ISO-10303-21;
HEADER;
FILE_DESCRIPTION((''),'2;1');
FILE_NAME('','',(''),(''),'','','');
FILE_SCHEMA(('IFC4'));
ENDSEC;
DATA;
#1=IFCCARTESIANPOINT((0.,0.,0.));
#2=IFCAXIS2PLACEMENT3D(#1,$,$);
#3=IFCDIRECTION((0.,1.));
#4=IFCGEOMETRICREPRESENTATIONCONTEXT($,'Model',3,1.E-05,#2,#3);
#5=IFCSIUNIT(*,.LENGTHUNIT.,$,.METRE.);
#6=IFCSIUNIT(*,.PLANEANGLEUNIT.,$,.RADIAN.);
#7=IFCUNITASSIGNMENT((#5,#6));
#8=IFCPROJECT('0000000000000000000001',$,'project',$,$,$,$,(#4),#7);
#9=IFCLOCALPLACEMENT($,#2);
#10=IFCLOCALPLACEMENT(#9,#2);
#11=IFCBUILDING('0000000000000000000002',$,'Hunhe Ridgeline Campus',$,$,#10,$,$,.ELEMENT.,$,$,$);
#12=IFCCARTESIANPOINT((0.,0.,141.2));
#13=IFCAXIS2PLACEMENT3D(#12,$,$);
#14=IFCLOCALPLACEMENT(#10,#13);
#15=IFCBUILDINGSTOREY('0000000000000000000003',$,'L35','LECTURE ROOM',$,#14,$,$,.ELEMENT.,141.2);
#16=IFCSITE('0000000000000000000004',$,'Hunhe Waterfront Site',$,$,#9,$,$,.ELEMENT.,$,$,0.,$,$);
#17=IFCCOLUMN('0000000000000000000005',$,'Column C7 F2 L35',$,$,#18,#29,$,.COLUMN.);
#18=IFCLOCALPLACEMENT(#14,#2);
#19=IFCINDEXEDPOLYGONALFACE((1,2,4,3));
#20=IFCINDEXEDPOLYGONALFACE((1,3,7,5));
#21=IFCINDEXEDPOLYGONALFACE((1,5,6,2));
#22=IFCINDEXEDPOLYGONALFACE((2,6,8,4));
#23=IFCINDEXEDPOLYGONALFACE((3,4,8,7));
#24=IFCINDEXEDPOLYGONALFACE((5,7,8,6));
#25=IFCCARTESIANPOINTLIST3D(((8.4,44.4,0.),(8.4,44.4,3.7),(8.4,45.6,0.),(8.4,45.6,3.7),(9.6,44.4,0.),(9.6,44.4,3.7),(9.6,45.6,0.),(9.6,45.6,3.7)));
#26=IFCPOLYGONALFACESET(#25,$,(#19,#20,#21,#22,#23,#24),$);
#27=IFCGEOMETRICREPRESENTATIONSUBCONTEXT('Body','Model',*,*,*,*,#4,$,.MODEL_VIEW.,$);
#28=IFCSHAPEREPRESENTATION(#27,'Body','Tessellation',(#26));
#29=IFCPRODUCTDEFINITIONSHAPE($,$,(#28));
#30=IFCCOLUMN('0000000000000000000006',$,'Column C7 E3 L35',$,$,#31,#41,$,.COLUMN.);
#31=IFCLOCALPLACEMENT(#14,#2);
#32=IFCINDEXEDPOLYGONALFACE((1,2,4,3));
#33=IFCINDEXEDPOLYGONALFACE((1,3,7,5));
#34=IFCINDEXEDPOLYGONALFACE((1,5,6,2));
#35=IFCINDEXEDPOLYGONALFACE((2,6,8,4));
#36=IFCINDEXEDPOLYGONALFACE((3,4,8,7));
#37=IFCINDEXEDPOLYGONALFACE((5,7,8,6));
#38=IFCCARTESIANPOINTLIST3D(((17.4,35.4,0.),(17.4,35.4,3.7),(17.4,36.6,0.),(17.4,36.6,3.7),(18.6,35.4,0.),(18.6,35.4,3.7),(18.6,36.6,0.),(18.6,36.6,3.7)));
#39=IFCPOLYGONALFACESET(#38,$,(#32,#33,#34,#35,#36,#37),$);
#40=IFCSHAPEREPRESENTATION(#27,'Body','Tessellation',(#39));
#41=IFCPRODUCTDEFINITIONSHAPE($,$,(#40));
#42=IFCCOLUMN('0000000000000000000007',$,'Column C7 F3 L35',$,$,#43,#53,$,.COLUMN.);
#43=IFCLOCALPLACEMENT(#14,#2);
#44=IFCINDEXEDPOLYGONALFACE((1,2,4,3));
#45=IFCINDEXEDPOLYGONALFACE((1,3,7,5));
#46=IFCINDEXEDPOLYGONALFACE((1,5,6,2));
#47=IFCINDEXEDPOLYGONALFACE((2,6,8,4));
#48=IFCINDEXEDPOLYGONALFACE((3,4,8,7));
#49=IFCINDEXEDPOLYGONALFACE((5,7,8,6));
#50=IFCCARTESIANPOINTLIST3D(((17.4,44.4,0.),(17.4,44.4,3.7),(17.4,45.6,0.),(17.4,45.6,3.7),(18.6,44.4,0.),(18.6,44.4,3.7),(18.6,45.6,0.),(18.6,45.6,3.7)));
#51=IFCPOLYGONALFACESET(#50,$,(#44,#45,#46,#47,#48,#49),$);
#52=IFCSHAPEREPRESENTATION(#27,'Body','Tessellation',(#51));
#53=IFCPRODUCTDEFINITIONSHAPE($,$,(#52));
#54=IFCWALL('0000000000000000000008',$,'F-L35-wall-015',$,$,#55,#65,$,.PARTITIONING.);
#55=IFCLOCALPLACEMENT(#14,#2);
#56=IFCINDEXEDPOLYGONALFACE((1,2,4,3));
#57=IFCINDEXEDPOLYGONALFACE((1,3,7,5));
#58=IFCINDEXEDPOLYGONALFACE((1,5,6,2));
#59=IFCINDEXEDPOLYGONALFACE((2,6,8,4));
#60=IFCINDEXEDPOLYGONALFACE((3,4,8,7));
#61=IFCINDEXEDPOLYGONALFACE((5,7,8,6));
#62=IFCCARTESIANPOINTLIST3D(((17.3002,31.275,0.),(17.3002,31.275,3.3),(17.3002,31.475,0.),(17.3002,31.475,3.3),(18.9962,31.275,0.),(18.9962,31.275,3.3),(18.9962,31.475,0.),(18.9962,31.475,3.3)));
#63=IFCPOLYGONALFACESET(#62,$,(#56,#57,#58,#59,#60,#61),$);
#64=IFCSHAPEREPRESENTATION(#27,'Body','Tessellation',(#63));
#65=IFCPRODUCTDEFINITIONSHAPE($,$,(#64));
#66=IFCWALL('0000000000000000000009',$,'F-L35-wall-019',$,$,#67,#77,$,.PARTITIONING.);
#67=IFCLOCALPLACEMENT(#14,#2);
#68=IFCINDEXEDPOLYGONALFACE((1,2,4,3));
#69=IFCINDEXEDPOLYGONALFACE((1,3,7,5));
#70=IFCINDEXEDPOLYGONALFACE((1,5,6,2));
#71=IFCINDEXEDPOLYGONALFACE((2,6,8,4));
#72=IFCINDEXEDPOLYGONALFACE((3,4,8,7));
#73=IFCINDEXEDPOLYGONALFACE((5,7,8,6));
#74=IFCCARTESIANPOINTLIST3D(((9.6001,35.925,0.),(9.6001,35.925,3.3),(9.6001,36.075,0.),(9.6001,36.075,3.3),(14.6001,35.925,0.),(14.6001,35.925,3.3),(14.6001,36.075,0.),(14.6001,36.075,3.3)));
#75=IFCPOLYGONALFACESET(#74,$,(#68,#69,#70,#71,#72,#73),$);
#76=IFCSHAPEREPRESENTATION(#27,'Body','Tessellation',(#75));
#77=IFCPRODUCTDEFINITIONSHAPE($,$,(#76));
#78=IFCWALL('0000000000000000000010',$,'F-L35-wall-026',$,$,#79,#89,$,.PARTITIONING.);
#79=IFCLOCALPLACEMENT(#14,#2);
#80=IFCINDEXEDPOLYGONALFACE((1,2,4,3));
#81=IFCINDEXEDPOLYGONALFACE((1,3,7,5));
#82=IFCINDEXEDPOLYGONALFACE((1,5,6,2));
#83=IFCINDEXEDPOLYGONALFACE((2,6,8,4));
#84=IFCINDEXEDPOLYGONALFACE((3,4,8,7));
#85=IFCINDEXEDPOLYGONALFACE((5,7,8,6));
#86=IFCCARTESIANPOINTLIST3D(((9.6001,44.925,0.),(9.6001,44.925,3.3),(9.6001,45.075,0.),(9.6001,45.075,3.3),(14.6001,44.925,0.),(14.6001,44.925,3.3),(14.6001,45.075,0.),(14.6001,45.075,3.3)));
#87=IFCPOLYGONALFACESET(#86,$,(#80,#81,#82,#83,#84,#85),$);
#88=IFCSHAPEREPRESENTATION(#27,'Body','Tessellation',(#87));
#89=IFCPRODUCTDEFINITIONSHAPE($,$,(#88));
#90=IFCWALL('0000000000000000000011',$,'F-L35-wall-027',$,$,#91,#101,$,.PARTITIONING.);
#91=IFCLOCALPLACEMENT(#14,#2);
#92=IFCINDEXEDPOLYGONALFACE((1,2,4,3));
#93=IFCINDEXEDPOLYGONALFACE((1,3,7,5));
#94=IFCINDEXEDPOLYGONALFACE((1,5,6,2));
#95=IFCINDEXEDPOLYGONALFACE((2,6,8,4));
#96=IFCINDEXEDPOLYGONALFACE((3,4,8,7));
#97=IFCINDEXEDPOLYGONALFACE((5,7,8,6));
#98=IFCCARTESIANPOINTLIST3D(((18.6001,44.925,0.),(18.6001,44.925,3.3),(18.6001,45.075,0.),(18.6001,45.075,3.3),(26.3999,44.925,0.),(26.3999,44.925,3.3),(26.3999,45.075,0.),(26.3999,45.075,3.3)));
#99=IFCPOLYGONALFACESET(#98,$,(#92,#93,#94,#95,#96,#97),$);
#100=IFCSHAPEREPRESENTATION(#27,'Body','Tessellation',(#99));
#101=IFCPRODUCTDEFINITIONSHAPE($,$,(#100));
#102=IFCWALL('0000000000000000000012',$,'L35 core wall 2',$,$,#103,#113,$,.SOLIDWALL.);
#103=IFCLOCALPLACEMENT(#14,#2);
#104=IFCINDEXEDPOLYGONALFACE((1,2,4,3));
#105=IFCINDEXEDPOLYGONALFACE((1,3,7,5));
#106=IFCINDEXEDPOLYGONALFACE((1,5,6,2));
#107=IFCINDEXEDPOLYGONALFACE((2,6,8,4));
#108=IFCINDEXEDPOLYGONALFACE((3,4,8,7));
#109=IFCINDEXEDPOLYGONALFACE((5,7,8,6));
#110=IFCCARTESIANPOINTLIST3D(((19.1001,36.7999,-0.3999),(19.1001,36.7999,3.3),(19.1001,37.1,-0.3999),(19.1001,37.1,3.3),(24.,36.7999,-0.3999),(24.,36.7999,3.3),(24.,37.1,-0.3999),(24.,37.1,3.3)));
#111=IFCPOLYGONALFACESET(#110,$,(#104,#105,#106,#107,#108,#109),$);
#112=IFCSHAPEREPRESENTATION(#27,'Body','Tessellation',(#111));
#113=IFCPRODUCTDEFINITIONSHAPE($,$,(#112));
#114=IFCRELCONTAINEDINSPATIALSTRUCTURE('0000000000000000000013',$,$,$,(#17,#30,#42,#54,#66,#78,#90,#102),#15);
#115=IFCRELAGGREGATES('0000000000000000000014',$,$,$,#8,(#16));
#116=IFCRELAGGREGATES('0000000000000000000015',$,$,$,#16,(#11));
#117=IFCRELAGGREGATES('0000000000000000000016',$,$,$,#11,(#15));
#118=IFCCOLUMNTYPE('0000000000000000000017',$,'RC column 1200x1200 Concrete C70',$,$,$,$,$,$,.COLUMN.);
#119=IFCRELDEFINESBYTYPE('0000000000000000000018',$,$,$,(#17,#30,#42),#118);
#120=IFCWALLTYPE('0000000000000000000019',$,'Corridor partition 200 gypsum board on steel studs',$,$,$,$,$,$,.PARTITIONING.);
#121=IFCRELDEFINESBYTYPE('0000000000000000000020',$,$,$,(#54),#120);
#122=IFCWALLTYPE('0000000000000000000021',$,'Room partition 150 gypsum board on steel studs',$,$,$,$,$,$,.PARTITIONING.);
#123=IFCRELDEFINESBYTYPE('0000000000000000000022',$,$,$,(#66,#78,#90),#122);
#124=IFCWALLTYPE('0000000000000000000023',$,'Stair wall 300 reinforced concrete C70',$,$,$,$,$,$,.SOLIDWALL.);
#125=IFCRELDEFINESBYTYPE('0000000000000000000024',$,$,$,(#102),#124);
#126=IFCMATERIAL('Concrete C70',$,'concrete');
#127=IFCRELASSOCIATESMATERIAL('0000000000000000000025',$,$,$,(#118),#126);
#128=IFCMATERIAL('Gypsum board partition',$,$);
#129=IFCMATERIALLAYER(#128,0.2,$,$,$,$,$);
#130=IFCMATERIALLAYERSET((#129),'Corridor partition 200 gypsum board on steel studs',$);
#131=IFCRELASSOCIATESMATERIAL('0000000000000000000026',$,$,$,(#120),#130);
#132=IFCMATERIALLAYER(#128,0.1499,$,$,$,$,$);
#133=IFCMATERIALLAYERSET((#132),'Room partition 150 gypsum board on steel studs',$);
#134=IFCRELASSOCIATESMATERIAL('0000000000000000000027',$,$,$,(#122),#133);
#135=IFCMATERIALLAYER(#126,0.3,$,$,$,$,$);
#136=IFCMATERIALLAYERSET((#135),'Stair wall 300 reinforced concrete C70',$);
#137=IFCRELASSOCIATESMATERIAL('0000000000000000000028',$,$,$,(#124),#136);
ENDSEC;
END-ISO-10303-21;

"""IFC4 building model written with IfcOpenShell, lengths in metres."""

from ifc_helpers import new_model, si_unit, direction, frame, frame_2d, origin, origin_2d, place, context, subcontext, project, spatial, rectangle, extrude, material, layer, layer_set, material_profile, profile_set, type_object, element, save


model = new_model("IFC4")

# Units and contexts
model_context = context("Model", 3, precision=1e-05, world=origin(), true_north=direction((0.0, 1.0)))
body_context = subcontext(model_context, "Body", "Model", "MODEL_VIEW")
ifc_project = project(units=[si_unit("LENGTHUNIT", "METRE"), si_unit("PLANEANGLEUNIT", "RADIAN")], contexts=[model_context])

# Site, building, storey
site_placement = place(None, origin())
site = spatial("IfcSite", under=ifc_project, at=site_placement, Name="Hunhe Waterfront Site", CompositionType="ELEMENT", RefElevation=0.0)
building_placement = place(site_placement, origin())
building = spatial("IfcBuilding", under=site, at=building_placement, Name="Hunhe Ridgeline Campus", CompositionType="ELEMENT")
storey_placement = place(building_placement, frame((0.0, 0.0, 141.2)))
storey = spatial("IfcBuildingStorey", under=building, at=storey_placement, Name="L35", Description="LECTURE ROOM", CompositionType="ELEMENT", Elevation=141.2)

# Columns
ifc_material_1 = material(Name="Concrete C70", Category="concrete")
ifc_material_profile = material_profile(ifc_material_1, rectangle(XDim=1.2, YDim=1.2, at=origin_2d()))
ifc_profile_set = profile_set([ifc_material_profile], Name="Concrete C70")
column_type = type_object("IfcColumnType", Name="RC column 1200x1200 Concrete C70", PredefinedType="COLUMN", material=ifc_profile_set)
for number, where, z_axis, x_axis, name in (
    (1, (9.0, 45.0, 0.0), (0.0, 0.0, 1.0), (1.0, 0.0, 0.0), "Column C7 F2 L35"),
    (2, (18.0, 36.0, 0.0), (0.0, 0.0, 1.0), (1.0, 0.0, 0.0), "Column C7 E3 L35"),
    (3, (18.0, 45.0, 0.0), (0.0, 0.0, 1.0), (1.0, 0.0, 0.0), "Column C7 F3 L35"),
):
    element("IfcColumn", number, at=place(storey_placement, frame(where, z_axis=z_axis, x_axis=x_axis)), inside=storey, type_object=column_type, Name=name, PredefinedType="COLUMN", context=body_context, shape_type="SweptSolid", body=[
        extrude(rectangle(XDim=1.2, YDim=1.2, at=origin_2d()), origin(), (0.0, 0.0, 1.0), 3.7),
    ])

# Wall
ifc_material_2 = material(Name="Gypsum board partition")
ifc_layer_1 = layer(ifc_material_2, 0.2)
ifc_layer_set_1 = layer_set([ifc_layer_1], Name="Corridor partition 200 gypsum board on steel studs")
wall_type_1 = type_object("IfcWallType", Name="Corridor partition 200 gypsum board on steel studs", PredefinedType="PARTITIONING", material=ifc_layer_set_1)
wall_1_placement = place(storey_placement, frame((17.3, 31.375, 0.0), z_axis=(0.0, 0.0, 1.0), x_axis=(1.0, 0.0, 0.0)))
element("IfcWall", 4, at=wall_1_placement, inside=storey, type_object=wall_type_1, Name="F-L35-wall-015", PredefinedType="PARTITIONING", context=body_context, shape_type="SweptSolid", body=[
    extrude(rectangle(XDim=1.696, YDim=0.2, at=frame_2d((0.8481, 0.0))), origin(), (0.0, 0.0, 1.0), 3.3),
])

# Walls
ifc_layer_2 = layer(ifc_material_2, 0.1499)
ifc_layer_set_2 = layer_set([ifc_layer_2], Name="Room partition 150 gypsum board on steel studs")
wall_type_2 = type_object("IfcWallType", Name="Room partition 150 gypsum board on steel studs", PredefinedType="PARTITIONING", material=ifc_layer_set_2)
for number, where, z_axis, x_axis, name in (
    (5, (9.6001, 36.0, 0.0), (0.0, 0.0, 1.0), (1.0, 0.0, 0.0), "F-L35-wall-019"),
    (6, (9.6001, 45.0, 0.0), (0.0, 0.0, 1.0), (1.0, 0.0, 0.0), "F-L35-wall-026"),
):
    element("IfcWall", number, at=place(storey_placement, frame(where, z_axis=z_axis, x_axis=x_axis)), inside=storey, type_object=wall_type_2, Name=name, PredefinedType="PARTITIONING", context=body_context, shape_type="SweptSolid", body=[
        extrude(rectangle(XDim=5.0, YDim=0.1499, at=frame_2d((2.5, 0.0))), origin(), (0.0, 0.0, 1.0), 3.3),
    ])
wall_2_placement = place(storey_placement, frame((18.6001, 45.0, 0.0), z_axis=(0.0, 0.0, 1.0), x_axis=(1.0, 0.0, 0.0)))
element("IfcWall", 7, at=wall_2_placement, inside=storey, type_object=wall_type_2, Name="F-L35-wall-027", PredefinedType="PARTITIONING", context=body_context, shape_type="SweptSolid", body=[
    extrude(rectangle(XDim=7.7998, YDim=0.1499, at=frame_2d((3.8999, 0.0))), origin(), (0.0, 0.0, 1.0), 3.3),
])
ifc_layer_3 = layer(ifc_material_1, 0.3)
ifc_layer_set_3 = layer_set([ifc_layer_3], Name="Stair wall 300 reinforced concrete C70")
wall_type_3 = type_object("IfcWallType", Name="Stair wall 300 reinforced concrete C70", PredefinedType="SOLIDWALL", material=ifc_layer_set_3)
wall_3_placement = place(storey_placement, frame((19.1001, 36.95, -0.3999), z_axis=(0.0, 0.0, 1.0), x_axis=(1.0, 0.0, 0.0)))
element("IfcWall", 8, at=wall_3_placement, inside=storey, type_object=wall_type_3, Name="L35 core wall 2", PredefinedType="SOLIDWALL", context=body_context, shape_type="SweptSolid", body=[
    extrude(rectangle(XDim=4.8999, YDim=0.3, at=frame_2d((2.45, 0.0))), origin(), (0.0, 0.0, 1.0), 3.7),
])

save(model, "model.ifc")
